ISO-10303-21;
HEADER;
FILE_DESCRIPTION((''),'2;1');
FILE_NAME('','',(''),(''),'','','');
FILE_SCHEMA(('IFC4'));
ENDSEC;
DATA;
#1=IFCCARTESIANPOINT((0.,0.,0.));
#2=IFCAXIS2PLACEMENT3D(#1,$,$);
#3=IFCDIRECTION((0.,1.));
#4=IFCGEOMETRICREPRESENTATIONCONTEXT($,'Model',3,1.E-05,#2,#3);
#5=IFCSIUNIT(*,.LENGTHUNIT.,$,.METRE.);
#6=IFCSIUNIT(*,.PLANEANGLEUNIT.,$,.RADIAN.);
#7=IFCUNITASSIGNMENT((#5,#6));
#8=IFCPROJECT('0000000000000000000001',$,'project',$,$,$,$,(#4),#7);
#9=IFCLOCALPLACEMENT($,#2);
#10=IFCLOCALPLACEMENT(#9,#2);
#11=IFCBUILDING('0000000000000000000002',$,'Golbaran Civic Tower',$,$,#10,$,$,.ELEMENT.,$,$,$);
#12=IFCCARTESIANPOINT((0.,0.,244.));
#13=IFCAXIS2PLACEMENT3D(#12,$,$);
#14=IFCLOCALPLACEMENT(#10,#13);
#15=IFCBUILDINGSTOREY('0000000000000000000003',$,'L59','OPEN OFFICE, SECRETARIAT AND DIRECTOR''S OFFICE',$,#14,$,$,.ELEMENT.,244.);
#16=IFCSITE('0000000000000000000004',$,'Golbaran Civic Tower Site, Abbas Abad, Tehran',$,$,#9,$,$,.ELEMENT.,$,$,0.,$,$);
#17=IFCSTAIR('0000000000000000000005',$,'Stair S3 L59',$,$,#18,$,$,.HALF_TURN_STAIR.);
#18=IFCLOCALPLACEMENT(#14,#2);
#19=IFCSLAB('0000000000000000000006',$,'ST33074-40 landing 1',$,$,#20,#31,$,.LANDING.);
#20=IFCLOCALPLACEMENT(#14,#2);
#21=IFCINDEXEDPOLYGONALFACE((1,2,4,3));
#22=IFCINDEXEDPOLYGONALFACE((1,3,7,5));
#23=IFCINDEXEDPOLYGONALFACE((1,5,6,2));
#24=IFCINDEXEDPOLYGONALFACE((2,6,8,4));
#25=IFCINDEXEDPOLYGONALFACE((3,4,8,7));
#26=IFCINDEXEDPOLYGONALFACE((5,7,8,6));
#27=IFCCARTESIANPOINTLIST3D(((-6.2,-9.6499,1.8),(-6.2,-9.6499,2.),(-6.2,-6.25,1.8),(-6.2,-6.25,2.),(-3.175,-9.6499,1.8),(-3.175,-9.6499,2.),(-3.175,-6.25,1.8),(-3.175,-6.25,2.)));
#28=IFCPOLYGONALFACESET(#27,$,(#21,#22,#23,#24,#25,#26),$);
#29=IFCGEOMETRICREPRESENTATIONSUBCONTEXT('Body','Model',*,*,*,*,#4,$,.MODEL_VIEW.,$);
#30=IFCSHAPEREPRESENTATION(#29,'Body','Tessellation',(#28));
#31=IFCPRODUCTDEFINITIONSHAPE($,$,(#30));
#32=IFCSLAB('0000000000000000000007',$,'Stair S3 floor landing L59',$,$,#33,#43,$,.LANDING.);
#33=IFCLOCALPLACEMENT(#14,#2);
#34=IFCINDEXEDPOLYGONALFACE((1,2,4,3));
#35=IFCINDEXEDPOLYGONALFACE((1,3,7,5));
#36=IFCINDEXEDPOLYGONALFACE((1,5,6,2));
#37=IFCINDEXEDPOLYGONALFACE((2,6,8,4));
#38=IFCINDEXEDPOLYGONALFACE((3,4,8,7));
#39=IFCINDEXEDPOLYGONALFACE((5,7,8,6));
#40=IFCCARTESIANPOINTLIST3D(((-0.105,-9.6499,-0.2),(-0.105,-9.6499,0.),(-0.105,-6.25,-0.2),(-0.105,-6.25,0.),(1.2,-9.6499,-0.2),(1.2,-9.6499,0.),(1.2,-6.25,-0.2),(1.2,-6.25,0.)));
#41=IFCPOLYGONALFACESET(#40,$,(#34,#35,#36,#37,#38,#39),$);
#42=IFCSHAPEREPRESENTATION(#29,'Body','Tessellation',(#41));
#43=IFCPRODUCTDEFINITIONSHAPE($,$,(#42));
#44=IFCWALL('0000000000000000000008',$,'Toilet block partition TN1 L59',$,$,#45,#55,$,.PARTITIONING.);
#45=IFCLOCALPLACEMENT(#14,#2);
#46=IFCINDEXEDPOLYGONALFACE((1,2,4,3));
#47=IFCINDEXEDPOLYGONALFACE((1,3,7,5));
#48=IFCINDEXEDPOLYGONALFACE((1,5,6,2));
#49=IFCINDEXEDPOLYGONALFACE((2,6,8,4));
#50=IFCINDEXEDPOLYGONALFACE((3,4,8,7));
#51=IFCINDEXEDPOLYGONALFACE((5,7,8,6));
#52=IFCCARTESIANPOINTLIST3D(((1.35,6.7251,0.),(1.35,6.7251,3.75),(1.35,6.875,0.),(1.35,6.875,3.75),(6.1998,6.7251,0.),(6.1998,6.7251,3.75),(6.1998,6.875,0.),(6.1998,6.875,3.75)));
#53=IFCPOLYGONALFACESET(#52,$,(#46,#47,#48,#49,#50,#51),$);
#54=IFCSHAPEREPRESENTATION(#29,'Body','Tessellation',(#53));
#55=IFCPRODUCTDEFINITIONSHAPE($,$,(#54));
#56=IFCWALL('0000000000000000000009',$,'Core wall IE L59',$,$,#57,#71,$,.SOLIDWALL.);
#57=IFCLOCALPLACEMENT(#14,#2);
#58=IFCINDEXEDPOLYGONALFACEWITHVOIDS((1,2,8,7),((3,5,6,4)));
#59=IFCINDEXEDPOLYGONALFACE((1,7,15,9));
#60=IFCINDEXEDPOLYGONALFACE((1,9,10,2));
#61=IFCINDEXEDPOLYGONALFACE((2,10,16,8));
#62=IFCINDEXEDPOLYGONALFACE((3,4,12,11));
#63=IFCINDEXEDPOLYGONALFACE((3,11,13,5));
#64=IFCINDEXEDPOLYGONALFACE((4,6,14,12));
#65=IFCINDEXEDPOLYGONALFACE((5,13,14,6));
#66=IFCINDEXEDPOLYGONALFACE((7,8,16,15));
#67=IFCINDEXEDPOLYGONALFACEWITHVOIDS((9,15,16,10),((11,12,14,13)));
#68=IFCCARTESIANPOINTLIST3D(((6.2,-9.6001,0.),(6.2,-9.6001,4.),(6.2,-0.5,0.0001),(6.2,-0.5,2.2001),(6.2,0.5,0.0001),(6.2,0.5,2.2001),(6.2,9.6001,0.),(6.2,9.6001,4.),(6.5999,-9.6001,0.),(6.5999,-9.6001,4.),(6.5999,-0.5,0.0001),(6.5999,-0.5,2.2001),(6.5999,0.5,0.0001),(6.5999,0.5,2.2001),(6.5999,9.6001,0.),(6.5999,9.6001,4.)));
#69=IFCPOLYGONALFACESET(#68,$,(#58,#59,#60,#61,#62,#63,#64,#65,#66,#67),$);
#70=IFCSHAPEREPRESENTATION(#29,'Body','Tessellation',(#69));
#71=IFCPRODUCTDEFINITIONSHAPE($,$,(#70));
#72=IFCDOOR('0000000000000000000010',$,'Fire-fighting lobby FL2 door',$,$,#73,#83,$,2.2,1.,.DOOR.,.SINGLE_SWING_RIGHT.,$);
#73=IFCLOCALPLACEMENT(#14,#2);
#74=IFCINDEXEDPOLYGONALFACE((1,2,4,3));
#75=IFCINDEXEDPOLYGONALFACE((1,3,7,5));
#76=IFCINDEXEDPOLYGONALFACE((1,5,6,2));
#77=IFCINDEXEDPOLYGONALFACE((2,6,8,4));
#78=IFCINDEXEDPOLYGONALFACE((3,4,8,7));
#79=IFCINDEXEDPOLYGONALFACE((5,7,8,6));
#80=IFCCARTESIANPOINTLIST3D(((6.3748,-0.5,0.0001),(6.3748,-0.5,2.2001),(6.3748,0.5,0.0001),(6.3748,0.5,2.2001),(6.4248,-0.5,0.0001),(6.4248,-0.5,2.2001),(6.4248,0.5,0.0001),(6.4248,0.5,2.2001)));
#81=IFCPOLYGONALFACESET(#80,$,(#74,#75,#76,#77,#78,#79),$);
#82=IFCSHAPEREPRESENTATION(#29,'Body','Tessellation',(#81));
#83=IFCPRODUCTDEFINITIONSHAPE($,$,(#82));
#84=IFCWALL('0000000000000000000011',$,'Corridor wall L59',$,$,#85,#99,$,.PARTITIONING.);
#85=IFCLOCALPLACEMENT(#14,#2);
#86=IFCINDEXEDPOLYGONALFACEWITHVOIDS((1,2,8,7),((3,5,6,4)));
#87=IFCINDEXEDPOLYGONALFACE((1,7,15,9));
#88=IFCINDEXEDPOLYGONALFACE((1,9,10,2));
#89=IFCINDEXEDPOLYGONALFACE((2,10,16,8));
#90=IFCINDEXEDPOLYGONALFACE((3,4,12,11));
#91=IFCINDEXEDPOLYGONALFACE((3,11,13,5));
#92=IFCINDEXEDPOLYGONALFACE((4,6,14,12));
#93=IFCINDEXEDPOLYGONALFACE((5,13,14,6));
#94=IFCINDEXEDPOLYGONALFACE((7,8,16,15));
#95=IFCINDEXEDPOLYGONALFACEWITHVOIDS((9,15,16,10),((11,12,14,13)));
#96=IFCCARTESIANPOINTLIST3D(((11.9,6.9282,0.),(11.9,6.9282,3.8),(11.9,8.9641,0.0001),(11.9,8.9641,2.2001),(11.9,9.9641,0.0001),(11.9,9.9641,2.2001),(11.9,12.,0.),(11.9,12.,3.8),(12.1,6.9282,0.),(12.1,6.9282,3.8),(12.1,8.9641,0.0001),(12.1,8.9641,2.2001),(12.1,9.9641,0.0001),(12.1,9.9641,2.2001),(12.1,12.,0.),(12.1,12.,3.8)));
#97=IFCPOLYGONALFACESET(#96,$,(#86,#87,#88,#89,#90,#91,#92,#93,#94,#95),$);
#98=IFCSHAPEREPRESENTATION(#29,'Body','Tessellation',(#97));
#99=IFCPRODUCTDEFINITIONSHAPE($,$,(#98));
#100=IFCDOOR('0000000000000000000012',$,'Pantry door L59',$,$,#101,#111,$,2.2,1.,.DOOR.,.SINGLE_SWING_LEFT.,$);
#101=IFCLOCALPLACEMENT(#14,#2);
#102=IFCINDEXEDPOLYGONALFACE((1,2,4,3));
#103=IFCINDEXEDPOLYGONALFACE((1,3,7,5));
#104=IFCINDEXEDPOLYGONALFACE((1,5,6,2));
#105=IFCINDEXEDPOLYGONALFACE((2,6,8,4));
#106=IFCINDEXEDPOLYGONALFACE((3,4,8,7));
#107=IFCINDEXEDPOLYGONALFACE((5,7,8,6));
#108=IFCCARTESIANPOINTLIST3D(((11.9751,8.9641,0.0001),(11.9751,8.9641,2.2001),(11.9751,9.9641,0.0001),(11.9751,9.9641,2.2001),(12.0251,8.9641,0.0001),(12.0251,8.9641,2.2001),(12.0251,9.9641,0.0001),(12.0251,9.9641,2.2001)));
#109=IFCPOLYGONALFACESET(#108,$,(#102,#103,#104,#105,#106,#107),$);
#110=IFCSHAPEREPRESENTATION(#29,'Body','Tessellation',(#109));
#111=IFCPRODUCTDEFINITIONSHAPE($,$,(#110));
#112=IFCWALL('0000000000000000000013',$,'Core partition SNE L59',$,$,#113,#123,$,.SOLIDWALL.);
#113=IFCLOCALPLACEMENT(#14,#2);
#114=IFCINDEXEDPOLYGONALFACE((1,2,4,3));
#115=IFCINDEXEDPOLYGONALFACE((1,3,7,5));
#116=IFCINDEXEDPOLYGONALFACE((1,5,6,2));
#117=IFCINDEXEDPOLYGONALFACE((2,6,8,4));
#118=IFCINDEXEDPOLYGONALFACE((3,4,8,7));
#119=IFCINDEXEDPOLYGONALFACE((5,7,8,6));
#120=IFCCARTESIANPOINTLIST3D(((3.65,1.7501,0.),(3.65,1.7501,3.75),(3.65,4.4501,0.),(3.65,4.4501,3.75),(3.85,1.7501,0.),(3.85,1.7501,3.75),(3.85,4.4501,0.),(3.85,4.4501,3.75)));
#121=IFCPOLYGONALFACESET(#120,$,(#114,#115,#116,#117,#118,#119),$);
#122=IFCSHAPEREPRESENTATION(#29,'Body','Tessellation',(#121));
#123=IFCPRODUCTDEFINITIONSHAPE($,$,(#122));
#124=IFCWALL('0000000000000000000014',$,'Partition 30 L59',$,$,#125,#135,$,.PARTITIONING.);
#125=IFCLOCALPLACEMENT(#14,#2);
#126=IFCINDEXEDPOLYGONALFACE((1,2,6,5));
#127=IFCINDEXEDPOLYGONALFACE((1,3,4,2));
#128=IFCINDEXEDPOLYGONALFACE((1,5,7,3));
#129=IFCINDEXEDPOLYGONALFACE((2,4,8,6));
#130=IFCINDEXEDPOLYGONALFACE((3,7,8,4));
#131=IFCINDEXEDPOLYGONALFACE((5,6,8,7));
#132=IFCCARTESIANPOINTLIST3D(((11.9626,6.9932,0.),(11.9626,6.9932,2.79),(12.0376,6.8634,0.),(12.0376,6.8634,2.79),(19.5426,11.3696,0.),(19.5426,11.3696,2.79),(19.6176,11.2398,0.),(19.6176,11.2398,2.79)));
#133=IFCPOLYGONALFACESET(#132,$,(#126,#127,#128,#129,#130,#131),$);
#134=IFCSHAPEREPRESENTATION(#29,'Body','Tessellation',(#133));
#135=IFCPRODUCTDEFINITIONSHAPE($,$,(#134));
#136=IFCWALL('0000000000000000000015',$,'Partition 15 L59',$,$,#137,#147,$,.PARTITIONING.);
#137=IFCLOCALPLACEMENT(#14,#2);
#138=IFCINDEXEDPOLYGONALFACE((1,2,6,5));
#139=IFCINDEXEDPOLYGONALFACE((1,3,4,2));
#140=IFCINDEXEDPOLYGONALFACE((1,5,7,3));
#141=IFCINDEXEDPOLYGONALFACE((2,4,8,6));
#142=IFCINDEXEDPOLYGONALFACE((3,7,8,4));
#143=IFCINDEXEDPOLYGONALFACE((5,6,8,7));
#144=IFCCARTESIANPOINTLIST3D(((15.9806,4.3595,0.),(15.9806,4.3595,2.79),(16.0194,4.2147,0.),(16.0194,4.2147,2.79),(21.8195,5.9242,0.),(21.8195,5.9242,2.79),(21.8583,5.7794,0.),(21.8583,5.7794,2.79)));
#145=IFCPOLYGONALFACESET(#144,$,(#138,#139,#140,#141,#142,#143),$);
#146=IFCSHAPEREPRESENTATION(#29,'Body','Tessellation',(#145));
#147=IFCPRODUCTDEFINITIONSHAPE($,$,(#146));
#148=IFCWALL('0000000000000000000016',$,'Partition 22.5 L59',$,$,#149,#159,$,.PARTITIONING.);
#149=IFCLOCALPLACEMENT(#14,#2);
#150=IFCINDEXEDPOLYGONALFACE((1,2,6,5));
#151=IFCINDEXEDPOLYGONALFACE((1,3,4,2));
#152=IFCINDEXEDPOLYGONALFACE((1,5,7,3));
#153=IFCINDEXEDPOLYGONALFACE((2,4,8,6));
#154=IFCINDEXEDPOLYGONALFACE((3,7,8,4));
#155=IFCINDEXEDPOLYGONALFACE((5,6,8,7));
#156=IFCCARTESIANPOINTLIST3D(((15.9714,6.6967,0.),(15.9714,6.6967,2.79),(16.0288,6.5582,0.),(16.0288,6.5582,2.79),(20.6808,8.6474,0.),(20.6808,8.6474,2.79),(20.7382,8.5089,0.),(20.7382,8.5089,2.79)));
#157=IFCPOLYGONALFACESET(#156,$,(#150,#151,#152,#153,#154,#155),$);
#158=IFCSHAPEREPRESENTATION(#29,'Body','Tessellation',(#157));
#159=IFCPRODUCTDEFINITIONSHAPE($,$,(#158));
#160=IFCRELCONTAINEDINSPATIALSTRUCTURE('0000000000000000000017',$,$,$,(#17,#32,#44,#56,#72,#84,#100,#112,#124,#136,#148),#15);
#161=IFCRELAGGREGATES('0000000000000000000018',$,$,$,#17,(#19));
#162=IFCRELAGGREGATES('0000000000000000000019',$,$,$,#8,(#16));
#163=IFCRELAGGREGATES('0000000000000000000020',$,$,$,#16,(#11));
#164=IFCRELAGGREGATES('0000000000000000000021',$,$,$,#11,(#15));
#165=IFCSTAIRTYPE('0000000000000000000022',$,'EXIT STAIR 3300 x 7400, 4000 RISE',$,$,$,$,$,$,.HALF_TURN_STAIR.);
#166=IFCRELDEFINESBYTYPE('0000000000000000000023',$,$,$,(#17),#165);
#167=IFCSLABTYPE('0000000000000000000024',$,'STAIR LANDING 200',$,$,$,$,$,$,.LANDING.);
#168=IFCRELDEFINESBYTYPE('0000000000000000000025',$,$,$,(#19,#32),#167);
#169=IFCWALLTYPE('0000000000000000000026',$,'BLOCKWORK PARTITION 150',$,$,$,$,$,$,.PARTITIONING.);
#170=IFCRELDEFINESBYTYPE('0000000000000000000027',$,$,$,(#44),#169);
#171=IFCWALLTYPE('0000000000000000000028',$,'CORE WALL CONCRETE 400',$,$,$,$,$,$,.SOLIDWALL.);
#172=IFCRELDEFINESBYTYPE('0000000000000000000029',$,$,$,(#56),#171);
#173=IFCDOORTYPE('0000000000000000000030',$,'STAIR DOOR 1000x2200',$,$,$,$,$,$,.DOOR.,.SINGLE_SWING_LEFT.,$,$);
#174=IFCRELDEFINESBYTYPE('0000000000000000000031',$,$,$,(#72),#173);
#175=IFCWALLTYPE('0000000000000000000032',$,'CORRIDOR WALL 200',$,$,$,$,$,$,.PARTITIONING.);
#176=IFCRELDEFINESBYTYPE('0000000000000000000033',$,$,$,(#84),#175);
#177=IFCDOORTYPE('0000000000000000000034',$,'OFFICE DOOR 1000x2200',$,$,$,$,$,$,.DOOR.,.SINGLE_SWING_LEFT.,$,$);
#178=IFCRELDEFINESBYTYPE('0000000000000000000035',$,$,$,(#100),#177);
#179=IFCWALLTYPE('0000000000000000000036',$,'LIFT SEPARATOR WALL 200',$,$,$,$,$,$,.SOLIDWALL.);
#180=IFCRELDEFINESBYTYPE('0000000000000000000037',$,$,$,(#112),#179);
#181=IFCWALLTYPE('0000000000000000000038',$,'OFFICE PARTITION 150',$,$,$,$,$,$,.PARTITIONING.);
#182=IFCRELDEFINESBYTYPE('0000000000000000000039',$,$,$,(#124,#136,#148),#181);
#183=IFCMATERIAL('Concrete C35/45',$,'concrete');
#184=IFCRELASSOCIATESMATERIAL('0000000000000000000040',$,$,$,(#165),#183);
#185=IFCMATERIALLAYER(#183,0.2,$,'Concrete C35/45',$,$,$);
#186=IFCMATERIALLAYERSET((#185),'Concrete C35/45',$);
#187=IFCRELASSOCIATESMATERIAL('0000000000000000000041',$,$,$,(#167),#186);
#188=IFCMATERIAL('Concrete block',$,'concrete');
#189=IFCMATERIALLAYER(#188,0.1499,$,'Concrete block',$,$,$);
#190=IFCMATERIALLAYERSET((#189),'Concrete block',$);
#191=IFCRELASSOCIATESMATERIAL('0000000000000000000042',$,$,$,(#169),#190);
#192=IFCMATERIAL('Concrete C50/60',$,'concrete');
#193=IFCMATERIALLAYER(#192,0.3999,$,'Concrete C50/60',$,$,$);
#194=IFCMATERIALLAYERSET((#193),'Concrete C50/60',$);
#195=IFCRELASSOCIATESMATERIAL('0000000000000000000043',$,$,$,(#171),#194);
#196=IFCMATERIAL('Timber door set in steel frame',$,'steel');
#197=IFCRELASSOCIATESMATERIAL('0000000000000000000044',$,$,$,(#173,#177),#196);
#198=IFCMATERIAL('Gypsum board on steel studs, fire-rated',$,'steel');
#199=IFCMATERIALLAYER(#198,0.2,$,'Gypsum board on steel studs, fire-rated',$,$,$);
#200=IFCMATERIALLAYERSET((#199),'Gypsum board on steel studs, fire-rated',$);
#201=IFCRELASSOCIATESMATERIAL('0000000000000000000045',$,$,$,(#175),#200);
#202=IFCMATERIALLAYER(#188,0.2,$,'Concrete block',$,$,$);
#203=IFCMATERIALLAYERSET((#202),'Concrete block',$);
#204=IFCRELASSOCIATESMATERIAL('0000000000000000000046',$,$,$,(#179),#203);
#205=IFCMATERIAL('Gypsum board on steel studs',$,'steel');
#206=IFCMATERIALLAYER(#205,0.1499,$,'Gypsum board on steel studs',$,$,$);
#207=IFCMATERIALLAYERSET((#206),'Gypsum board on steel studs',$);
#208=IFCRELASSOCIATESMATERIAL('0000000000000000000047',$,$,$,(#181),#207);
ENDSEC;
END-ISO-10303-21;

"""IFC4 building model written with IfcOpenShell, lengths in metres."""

from ifc_helpers import new_model, si_unit, direction, frame, frame_2d, origin, place, context, subcontext, project, spatial, polyline, rectangle, outline, extrude, material, layer, layer_set, type_object, element, fill, aggregate, save


model = new_model("IFC4")

# Units and contexts
model_context = context("Model", 3, precision=1e-05, world=origin(), true_north=direction((0.0, 1.0)))
body_context = subcontext(model_context, "Body", "Model", "MODEL_VIEW")
ifc_project = project(units=[si_unit("LENGTHUNIT", "METRE"), si_unit("PLANEANGLEUNIT", "RADIAN")], contexts=[model_context])

# Site, building, storey
site_placement = place(None, origin())
site = spatial("IfcSite", under=ifc_project, at=site_placement, Name="Golbaran Civic Tower Site, Abbas Abad, Tehran", CompositionType="ELEMENT", RefElevation=0.0)
building_placement = place(site_placement, origin())
building = spatial("IfcBuilding", under=site, at=building_placement, Name="Golbaran Civic Tower", CompositionType="ELEMENT")
storey_placement = place(building_placement, frame((0.0, 0.0, 244.0)))
storey = spatial("IfcBuildingStorey", under=building, at=storey_placement, Name="L59", Description="OPEN OFFICE, SECRETARIAT AND DIRECTOR'S OFFICE", CompositionType="ELEMENT", Elevation=244.0)

# Stair, slab
ifc_material_1 = material(Name="Concrete C35/45", Category="concrete")
stair_type = type_object("IfcStairType", Name="EXIT STAIR 3300 x 7400, 4000 RISE", PredefinedType="HALF_TURN_STAIR", material=ifc_material_1)
stair_placement = place(storey_placement, origin())
stair = element("IfcStair", 1, at=stair_placement, inside=storey, type_object=stair_type, Name="Stair S3 L59", PredefinedType="HALF_TURN_STAIR")
ifc_layer_1 = layer(ifc_material_1, 0.2, Name="Concrete C35/45")
ifc_layer_set_1 = layer_set([ifc_layer_1], Name="Concrete C35/45")
slab_type = type_object("IfcSlabType", Name="STAIR LANDING 200", PredefinedType="LANDING", material=ifc_layer_set_1)
slab_1_placement = place(storey_placement, frame((0.0, 0.0, 1.8)))
slab_1 = element("IfcSlab", 2, at=slab_1_placement, type_object=slab_type, Name="ST33074-40 landing 1", PredefinedType="LANDING", context=body_context, shape_type="SweptSolid", body=[
    extrude(outline(polyline([(-3.175, -9.6499), (-6.2, -9.6499), (-6.2, -6.25), (-3.175, -6.25), (-3.175, -9.6499)])), origin(), (0.0, 0.0, 1.0), 0.2),
])
aggregate(stair, [slab_1])

# Slab
slab_2_placement = place(storey_placement, frame((0.0, 0.0, -0.2)))
element("IfcSlab", 3, at=slab_2_placement, inside=storey, type_object=slab_type, Name="Stair S3 floor landing L59", PredefinedType="LANDING", context=body_context, shape_type="SweptSolid", body=[
    extrude(outline(polyline([(1.2, -9.6499), (-0.105, -9.6499), (-0.105, -6.25), (1.2, -6.25), (1.2, -9.6499)])), origin(), (0.0, 0.0, 1.0), 0.2),
])

# Wall
ifc_material_2 = material(Name="Concrete block", Category="concrete")
ifc_layer_2 = layer(ifc_material_2, 0.1499, Name="Concrete block")
ifc_layer_set_2 = layer_set([ifc_layer_2], Name="Concrete block")
wall_type_1 = type_object("IfcWallType", Name="BLOCKWORK PARTITION 150", PredefinedType="PARTITIONING", material=ifc_layer_set_2)
wall_1_placement = place(storey_placement, frame((1.3501, 6.8, 0.0), z_axis=(0.0, 0.0, 1.0), x_axis=(1.0, 0.0, 0.0)))
element("IfcWall", 4, at=wall_1_placement, inside=storey, type_object=wall_type_1, Name="Toilet block partition TN1 L59", PredefinedType="PARTITIONING", context=body_context, shape_type="SweptSolid", body=[
    extrude(rectangle(XDim=4.8499, YDim=0.1499, at=frame_2d((2.4248, 0.0))), origin(), (0.0, 0.0, 1.0), 3.75),
])

# Walls, openings, doors
ifc_material_3 = material(Name="Concrete C50/60", Category="concrete")
ifc_layer_3 = layer(ifc_material_3, 0.3999, Name="Concrete C50/60")
ifc_layer_set_3 = layer_set([ifc_layer_3], Name="Concrete C50/60")
wall_type_2 = type_object("IfcWallType", Name="CORE WALL CONCRETE 400", PredefinedType="SOLIDWALL", material=ifc_layer_set_3)
wall_2_placement = place(storey_placement, frame((6.3999, 9.6001, 0.0), z_axis=(0.0, 0.0, 1.0), x_axis=(0.0, -1.0, 0.0)))
wall_2 = element("IfcWall", 5, at=wall_2_placement, inside=storey, type_object=wall_type_2, Name="Core wall IE L59", PredefinedType="SOLIDWALL", context=body_context, shape_type="SweptSolid", body=[
    extrude(rectangle(XDim=19.2002, YDim=0.3999, at=frame_2d((9.6001, 0.0))), origin(), (0.0, 0.0, 1.0), 4.0),
])
opening_1_placement = place(wall_2_placement, frame((9.1001, 0.0, 0.0)))
opening_1 = element("IfcOpeningElement", 6, at=opening_1_placement, cuts=wall_2, PredefinedType="OPENING", context=body_context, shape_type="SweptSolid", body=[
    extrude(rectangle(XDim=1.0, YDim=2.2, at=frame_2d((0.5, 1.1001))), frame((0.0, 0.21, 0.0), z_axis=(0.0, -1.0, 0.0), x_axis=(1.0, 0.0, 0.0)), (0.0, 0.0, 1.0), 0.4199),
])
ifc_material_4 = material(Name="Timber door set in steel frame", Category="steel")
door_type_1 = type_object("IfcDoorType", Name="STAIR DOOR 1000x2200", OperationType="SINGLE_SWING_LEFT", PredefinedType="DOOR", material=ifc_material_4)
door_1_placement = place(opening_1_placement, origin())
door_1 = element("IfcDoor", 7, at=door_1_placement, inside=storey, type_object=door_type_1, Name="Fire-fighting lobby FL2 door", OperationType="SINGLE_SWING_RIGHT", OverallHeight=2.2, OverallWidth=1.0, PredefinedType="DOOR", context=body_context, shape_type="SweptSolid", body=[
    extrude(rectangle(XDim=1.0, YDim=2.2, at=frame_2d((0.5, 1.1001))), frame((0.0, 0.0249, 0.0), z_axis=(0.0, -1.0, 0.0), x_axis=(1.0, 0.0, 0.0)), (0.0, 0.0, 1.0), 0.05),
])
fill(opening_1, door_1)
ifc_material_5 = material(Name="Gypsum board on steel studs, fire-rated", Category="steel")
ifc_layer_4 = layer(ifc_material_5, 0.2, Name="Gypsum board on steel studs, fire-rated")
ifc_layer_set_4 = layer_set([ifc_layer_4], Name="Gypsum board on steel studs, fire-rated")
wall_type_3 = type_object("IfcWallType", Name="CORRIDOR WALL 200", PredefinedType="PARTITIONING", material=ifc_layer_set_4)
wall_3_placement = place(storey_placement, frame((12.0, 6.9282, 0.0), z_axis=(0.0, 0.0, 1.0), x_axis=(0.0, 1.0, 0.0)))
wall_3 = element("IfcWall", 8, at=wall_3_placement, inside=storey, type_object=wall_type_3, Name="Corridor wall L59", PredefinedType="PARTITIONING", context=body_context, shape_type="SweptSolid", body=[
    extrude(rectangle(XDim=5.0718, YDim=0.2, at=frame_2d((2.5359, 0.0))), origin(), (0.0, 0.0, 1.0), 3.8),
])
opening_2_placement = place(wall_3_placement, frame((2.0359, 0.0, 0.0)))
opening_2 = element("IfcOpeningElement", 9, at=opening_2_placement, cuts=wall_3, PredefinedType="OPENING", context=body_context, shape_type="SweptSolid", body=[
    extrude(rectangle(XDim=1.0, YDim=2.2, at=frame_2d((0.5, 1.1001))), frame((0.0, 0.1099, 0.0), z_axis=(0.0, -1.0, 0.0), x_axis=(1.0, 0.0, 0.0)), (0.0, 0.0, 1.0), 0.22),
])
door_type_2 = type_object("IfcDoorType", Name="OFFICE DOOR 1000x2200", OperationType="SINGLE_SWING_LEFT", PredefinedType="DOOR", material=ifc_material_4)
door_2_placement = place(opening_2_placement, origin())
door_2 = element("IfcDoor", 10, at=door_2_placement, inside=storey, type_object=door_type_2, Name="Pantry door L59", OperationType="SINGLE_SWING_LEFT", OverallHeight=2.2, OverallWidth=1.0, PredefinedType="DOOR", context=body_context, shape_type="SweptSolid", body=[
    extrude(rectangle(XDim=1.0, YDim=2.2, at=frame_2d((0.5, 1.1001))), frame((0.0, 0.0249, 0.0), z_axis=(0.0, -1.0, 0.0), x_axis=(1.0, 0.0, 0.0)), (0.0, 0.0, 1.0), 0.05),
])
fill(opening_2, door_2)

# Walls
ifc_layer_5 = layer(ifc_material_2, 0.2, Name="Concrete block")
ifc_layer_set_5 = layer_set([ifc_layer_5], Name="Concrete block")
wall_type_4 = type_object("IfcWallType", Name="LIFT SEPARATOR WALL 200", PredefinedType="SOLIDWALL", material=ifc_layer_set_5)
wall_4_placement = place(storey_placement, frame((3.75, 1.75, 0.0), z_axis=(0.0, 0.0, 1.0), x_axis=(0.0, 1.0, 0.0)))
element("IfcWall", 11, at=wall_4_placement, inside=storey, type_object=wall_type_4, Name="Core partition SNE L59", PredefinedType="SOLIDWALL", context=body_context, shape_type="SweptSolid", body=[
    extrude(rectangle(XDim=2.7, YDim=0.2, at=frame_2d((1.3501, 0.0))), origin(), (0.0, 0.0, 1.0), 3.75),
])
ifc_material_6 = material(Name="Gypsum board on steel studs", Category="steel")
ifc_layer_6 = layer(ifc_material_6, 0.1499, Name="Gypsum board on steel studs")
ifc_layer_set_6 = layer_set([ifc_layer_6], Name="Gypsum board on steel studs")
wall_type_5 = type_object("IfcWallType", Name="OFFICE PARTITION 150", PredefinedType="PARTITIONING", material=ifc_layer_set_6)
wall_5_placement = place(storey_placement, frame((12.0, 6.9282, 0.0), z_axis=(0.0, 0.0, 1.0), x_axis=(0.86602, 0.500009, 0.0)))
element("IfcWall", 12, at=wall_5_placement, inside=storey, type_object=wall_type_5, Name="Partition 30 L59", PredefinedType="PARTITIONING", context=body_context, shape_type="SweptSolid", body=[
    extrude(rectangle(XDim=8.7527, YDim=0.1499, at=frame_2d((4.3765, 0.0))), origin(), (0.0, 0.0, 1.0), 2.79),
])
wall_6_placement = place(storey_placement, frame((16.0, 4.2871, 0.0), z_axis=(0.0, 0.0, 1.0), x_axis=(0.965918, 0.258846, 0.0)))
element("IfcWall", 13, at=wall_6_placement, inside=storey, type_object=wall_type_5, Name="Partition 15 L59", PredefinedType="PARTITIONING", context=body_context, shape_type="SweptSolid", body=[
    extrude(rectangle(XDim=6.0449, YDim=0.1499, at=frame_2d((3.0225, 0.0))), origin(), (0.0, 0.0, 1.0), 2.79),
])
wall_7_placement = place(storey_placement, frame((16.0, 6.6274, 0.0), z_axis=(0.0, 0.0, 1.0), x_axis=(0.923883, 0.382676, 0.0)))
element("IfcWall", 14, at=wall_7_placement, inside=storey, type_object=wall_type_5, Name="Partition 22.5 L59", PredefinedType="PARTITIONING", context=body_context, shape_type="SweptSolid", body=[
    extrude(rectangle(XDim=5.0974, YDim=0.1499, at=frame_2d((2.5488, 0.0))), origin(), (0.0, 0.0, 1.0), 2.79),
])

save(model, "model.ifc")
